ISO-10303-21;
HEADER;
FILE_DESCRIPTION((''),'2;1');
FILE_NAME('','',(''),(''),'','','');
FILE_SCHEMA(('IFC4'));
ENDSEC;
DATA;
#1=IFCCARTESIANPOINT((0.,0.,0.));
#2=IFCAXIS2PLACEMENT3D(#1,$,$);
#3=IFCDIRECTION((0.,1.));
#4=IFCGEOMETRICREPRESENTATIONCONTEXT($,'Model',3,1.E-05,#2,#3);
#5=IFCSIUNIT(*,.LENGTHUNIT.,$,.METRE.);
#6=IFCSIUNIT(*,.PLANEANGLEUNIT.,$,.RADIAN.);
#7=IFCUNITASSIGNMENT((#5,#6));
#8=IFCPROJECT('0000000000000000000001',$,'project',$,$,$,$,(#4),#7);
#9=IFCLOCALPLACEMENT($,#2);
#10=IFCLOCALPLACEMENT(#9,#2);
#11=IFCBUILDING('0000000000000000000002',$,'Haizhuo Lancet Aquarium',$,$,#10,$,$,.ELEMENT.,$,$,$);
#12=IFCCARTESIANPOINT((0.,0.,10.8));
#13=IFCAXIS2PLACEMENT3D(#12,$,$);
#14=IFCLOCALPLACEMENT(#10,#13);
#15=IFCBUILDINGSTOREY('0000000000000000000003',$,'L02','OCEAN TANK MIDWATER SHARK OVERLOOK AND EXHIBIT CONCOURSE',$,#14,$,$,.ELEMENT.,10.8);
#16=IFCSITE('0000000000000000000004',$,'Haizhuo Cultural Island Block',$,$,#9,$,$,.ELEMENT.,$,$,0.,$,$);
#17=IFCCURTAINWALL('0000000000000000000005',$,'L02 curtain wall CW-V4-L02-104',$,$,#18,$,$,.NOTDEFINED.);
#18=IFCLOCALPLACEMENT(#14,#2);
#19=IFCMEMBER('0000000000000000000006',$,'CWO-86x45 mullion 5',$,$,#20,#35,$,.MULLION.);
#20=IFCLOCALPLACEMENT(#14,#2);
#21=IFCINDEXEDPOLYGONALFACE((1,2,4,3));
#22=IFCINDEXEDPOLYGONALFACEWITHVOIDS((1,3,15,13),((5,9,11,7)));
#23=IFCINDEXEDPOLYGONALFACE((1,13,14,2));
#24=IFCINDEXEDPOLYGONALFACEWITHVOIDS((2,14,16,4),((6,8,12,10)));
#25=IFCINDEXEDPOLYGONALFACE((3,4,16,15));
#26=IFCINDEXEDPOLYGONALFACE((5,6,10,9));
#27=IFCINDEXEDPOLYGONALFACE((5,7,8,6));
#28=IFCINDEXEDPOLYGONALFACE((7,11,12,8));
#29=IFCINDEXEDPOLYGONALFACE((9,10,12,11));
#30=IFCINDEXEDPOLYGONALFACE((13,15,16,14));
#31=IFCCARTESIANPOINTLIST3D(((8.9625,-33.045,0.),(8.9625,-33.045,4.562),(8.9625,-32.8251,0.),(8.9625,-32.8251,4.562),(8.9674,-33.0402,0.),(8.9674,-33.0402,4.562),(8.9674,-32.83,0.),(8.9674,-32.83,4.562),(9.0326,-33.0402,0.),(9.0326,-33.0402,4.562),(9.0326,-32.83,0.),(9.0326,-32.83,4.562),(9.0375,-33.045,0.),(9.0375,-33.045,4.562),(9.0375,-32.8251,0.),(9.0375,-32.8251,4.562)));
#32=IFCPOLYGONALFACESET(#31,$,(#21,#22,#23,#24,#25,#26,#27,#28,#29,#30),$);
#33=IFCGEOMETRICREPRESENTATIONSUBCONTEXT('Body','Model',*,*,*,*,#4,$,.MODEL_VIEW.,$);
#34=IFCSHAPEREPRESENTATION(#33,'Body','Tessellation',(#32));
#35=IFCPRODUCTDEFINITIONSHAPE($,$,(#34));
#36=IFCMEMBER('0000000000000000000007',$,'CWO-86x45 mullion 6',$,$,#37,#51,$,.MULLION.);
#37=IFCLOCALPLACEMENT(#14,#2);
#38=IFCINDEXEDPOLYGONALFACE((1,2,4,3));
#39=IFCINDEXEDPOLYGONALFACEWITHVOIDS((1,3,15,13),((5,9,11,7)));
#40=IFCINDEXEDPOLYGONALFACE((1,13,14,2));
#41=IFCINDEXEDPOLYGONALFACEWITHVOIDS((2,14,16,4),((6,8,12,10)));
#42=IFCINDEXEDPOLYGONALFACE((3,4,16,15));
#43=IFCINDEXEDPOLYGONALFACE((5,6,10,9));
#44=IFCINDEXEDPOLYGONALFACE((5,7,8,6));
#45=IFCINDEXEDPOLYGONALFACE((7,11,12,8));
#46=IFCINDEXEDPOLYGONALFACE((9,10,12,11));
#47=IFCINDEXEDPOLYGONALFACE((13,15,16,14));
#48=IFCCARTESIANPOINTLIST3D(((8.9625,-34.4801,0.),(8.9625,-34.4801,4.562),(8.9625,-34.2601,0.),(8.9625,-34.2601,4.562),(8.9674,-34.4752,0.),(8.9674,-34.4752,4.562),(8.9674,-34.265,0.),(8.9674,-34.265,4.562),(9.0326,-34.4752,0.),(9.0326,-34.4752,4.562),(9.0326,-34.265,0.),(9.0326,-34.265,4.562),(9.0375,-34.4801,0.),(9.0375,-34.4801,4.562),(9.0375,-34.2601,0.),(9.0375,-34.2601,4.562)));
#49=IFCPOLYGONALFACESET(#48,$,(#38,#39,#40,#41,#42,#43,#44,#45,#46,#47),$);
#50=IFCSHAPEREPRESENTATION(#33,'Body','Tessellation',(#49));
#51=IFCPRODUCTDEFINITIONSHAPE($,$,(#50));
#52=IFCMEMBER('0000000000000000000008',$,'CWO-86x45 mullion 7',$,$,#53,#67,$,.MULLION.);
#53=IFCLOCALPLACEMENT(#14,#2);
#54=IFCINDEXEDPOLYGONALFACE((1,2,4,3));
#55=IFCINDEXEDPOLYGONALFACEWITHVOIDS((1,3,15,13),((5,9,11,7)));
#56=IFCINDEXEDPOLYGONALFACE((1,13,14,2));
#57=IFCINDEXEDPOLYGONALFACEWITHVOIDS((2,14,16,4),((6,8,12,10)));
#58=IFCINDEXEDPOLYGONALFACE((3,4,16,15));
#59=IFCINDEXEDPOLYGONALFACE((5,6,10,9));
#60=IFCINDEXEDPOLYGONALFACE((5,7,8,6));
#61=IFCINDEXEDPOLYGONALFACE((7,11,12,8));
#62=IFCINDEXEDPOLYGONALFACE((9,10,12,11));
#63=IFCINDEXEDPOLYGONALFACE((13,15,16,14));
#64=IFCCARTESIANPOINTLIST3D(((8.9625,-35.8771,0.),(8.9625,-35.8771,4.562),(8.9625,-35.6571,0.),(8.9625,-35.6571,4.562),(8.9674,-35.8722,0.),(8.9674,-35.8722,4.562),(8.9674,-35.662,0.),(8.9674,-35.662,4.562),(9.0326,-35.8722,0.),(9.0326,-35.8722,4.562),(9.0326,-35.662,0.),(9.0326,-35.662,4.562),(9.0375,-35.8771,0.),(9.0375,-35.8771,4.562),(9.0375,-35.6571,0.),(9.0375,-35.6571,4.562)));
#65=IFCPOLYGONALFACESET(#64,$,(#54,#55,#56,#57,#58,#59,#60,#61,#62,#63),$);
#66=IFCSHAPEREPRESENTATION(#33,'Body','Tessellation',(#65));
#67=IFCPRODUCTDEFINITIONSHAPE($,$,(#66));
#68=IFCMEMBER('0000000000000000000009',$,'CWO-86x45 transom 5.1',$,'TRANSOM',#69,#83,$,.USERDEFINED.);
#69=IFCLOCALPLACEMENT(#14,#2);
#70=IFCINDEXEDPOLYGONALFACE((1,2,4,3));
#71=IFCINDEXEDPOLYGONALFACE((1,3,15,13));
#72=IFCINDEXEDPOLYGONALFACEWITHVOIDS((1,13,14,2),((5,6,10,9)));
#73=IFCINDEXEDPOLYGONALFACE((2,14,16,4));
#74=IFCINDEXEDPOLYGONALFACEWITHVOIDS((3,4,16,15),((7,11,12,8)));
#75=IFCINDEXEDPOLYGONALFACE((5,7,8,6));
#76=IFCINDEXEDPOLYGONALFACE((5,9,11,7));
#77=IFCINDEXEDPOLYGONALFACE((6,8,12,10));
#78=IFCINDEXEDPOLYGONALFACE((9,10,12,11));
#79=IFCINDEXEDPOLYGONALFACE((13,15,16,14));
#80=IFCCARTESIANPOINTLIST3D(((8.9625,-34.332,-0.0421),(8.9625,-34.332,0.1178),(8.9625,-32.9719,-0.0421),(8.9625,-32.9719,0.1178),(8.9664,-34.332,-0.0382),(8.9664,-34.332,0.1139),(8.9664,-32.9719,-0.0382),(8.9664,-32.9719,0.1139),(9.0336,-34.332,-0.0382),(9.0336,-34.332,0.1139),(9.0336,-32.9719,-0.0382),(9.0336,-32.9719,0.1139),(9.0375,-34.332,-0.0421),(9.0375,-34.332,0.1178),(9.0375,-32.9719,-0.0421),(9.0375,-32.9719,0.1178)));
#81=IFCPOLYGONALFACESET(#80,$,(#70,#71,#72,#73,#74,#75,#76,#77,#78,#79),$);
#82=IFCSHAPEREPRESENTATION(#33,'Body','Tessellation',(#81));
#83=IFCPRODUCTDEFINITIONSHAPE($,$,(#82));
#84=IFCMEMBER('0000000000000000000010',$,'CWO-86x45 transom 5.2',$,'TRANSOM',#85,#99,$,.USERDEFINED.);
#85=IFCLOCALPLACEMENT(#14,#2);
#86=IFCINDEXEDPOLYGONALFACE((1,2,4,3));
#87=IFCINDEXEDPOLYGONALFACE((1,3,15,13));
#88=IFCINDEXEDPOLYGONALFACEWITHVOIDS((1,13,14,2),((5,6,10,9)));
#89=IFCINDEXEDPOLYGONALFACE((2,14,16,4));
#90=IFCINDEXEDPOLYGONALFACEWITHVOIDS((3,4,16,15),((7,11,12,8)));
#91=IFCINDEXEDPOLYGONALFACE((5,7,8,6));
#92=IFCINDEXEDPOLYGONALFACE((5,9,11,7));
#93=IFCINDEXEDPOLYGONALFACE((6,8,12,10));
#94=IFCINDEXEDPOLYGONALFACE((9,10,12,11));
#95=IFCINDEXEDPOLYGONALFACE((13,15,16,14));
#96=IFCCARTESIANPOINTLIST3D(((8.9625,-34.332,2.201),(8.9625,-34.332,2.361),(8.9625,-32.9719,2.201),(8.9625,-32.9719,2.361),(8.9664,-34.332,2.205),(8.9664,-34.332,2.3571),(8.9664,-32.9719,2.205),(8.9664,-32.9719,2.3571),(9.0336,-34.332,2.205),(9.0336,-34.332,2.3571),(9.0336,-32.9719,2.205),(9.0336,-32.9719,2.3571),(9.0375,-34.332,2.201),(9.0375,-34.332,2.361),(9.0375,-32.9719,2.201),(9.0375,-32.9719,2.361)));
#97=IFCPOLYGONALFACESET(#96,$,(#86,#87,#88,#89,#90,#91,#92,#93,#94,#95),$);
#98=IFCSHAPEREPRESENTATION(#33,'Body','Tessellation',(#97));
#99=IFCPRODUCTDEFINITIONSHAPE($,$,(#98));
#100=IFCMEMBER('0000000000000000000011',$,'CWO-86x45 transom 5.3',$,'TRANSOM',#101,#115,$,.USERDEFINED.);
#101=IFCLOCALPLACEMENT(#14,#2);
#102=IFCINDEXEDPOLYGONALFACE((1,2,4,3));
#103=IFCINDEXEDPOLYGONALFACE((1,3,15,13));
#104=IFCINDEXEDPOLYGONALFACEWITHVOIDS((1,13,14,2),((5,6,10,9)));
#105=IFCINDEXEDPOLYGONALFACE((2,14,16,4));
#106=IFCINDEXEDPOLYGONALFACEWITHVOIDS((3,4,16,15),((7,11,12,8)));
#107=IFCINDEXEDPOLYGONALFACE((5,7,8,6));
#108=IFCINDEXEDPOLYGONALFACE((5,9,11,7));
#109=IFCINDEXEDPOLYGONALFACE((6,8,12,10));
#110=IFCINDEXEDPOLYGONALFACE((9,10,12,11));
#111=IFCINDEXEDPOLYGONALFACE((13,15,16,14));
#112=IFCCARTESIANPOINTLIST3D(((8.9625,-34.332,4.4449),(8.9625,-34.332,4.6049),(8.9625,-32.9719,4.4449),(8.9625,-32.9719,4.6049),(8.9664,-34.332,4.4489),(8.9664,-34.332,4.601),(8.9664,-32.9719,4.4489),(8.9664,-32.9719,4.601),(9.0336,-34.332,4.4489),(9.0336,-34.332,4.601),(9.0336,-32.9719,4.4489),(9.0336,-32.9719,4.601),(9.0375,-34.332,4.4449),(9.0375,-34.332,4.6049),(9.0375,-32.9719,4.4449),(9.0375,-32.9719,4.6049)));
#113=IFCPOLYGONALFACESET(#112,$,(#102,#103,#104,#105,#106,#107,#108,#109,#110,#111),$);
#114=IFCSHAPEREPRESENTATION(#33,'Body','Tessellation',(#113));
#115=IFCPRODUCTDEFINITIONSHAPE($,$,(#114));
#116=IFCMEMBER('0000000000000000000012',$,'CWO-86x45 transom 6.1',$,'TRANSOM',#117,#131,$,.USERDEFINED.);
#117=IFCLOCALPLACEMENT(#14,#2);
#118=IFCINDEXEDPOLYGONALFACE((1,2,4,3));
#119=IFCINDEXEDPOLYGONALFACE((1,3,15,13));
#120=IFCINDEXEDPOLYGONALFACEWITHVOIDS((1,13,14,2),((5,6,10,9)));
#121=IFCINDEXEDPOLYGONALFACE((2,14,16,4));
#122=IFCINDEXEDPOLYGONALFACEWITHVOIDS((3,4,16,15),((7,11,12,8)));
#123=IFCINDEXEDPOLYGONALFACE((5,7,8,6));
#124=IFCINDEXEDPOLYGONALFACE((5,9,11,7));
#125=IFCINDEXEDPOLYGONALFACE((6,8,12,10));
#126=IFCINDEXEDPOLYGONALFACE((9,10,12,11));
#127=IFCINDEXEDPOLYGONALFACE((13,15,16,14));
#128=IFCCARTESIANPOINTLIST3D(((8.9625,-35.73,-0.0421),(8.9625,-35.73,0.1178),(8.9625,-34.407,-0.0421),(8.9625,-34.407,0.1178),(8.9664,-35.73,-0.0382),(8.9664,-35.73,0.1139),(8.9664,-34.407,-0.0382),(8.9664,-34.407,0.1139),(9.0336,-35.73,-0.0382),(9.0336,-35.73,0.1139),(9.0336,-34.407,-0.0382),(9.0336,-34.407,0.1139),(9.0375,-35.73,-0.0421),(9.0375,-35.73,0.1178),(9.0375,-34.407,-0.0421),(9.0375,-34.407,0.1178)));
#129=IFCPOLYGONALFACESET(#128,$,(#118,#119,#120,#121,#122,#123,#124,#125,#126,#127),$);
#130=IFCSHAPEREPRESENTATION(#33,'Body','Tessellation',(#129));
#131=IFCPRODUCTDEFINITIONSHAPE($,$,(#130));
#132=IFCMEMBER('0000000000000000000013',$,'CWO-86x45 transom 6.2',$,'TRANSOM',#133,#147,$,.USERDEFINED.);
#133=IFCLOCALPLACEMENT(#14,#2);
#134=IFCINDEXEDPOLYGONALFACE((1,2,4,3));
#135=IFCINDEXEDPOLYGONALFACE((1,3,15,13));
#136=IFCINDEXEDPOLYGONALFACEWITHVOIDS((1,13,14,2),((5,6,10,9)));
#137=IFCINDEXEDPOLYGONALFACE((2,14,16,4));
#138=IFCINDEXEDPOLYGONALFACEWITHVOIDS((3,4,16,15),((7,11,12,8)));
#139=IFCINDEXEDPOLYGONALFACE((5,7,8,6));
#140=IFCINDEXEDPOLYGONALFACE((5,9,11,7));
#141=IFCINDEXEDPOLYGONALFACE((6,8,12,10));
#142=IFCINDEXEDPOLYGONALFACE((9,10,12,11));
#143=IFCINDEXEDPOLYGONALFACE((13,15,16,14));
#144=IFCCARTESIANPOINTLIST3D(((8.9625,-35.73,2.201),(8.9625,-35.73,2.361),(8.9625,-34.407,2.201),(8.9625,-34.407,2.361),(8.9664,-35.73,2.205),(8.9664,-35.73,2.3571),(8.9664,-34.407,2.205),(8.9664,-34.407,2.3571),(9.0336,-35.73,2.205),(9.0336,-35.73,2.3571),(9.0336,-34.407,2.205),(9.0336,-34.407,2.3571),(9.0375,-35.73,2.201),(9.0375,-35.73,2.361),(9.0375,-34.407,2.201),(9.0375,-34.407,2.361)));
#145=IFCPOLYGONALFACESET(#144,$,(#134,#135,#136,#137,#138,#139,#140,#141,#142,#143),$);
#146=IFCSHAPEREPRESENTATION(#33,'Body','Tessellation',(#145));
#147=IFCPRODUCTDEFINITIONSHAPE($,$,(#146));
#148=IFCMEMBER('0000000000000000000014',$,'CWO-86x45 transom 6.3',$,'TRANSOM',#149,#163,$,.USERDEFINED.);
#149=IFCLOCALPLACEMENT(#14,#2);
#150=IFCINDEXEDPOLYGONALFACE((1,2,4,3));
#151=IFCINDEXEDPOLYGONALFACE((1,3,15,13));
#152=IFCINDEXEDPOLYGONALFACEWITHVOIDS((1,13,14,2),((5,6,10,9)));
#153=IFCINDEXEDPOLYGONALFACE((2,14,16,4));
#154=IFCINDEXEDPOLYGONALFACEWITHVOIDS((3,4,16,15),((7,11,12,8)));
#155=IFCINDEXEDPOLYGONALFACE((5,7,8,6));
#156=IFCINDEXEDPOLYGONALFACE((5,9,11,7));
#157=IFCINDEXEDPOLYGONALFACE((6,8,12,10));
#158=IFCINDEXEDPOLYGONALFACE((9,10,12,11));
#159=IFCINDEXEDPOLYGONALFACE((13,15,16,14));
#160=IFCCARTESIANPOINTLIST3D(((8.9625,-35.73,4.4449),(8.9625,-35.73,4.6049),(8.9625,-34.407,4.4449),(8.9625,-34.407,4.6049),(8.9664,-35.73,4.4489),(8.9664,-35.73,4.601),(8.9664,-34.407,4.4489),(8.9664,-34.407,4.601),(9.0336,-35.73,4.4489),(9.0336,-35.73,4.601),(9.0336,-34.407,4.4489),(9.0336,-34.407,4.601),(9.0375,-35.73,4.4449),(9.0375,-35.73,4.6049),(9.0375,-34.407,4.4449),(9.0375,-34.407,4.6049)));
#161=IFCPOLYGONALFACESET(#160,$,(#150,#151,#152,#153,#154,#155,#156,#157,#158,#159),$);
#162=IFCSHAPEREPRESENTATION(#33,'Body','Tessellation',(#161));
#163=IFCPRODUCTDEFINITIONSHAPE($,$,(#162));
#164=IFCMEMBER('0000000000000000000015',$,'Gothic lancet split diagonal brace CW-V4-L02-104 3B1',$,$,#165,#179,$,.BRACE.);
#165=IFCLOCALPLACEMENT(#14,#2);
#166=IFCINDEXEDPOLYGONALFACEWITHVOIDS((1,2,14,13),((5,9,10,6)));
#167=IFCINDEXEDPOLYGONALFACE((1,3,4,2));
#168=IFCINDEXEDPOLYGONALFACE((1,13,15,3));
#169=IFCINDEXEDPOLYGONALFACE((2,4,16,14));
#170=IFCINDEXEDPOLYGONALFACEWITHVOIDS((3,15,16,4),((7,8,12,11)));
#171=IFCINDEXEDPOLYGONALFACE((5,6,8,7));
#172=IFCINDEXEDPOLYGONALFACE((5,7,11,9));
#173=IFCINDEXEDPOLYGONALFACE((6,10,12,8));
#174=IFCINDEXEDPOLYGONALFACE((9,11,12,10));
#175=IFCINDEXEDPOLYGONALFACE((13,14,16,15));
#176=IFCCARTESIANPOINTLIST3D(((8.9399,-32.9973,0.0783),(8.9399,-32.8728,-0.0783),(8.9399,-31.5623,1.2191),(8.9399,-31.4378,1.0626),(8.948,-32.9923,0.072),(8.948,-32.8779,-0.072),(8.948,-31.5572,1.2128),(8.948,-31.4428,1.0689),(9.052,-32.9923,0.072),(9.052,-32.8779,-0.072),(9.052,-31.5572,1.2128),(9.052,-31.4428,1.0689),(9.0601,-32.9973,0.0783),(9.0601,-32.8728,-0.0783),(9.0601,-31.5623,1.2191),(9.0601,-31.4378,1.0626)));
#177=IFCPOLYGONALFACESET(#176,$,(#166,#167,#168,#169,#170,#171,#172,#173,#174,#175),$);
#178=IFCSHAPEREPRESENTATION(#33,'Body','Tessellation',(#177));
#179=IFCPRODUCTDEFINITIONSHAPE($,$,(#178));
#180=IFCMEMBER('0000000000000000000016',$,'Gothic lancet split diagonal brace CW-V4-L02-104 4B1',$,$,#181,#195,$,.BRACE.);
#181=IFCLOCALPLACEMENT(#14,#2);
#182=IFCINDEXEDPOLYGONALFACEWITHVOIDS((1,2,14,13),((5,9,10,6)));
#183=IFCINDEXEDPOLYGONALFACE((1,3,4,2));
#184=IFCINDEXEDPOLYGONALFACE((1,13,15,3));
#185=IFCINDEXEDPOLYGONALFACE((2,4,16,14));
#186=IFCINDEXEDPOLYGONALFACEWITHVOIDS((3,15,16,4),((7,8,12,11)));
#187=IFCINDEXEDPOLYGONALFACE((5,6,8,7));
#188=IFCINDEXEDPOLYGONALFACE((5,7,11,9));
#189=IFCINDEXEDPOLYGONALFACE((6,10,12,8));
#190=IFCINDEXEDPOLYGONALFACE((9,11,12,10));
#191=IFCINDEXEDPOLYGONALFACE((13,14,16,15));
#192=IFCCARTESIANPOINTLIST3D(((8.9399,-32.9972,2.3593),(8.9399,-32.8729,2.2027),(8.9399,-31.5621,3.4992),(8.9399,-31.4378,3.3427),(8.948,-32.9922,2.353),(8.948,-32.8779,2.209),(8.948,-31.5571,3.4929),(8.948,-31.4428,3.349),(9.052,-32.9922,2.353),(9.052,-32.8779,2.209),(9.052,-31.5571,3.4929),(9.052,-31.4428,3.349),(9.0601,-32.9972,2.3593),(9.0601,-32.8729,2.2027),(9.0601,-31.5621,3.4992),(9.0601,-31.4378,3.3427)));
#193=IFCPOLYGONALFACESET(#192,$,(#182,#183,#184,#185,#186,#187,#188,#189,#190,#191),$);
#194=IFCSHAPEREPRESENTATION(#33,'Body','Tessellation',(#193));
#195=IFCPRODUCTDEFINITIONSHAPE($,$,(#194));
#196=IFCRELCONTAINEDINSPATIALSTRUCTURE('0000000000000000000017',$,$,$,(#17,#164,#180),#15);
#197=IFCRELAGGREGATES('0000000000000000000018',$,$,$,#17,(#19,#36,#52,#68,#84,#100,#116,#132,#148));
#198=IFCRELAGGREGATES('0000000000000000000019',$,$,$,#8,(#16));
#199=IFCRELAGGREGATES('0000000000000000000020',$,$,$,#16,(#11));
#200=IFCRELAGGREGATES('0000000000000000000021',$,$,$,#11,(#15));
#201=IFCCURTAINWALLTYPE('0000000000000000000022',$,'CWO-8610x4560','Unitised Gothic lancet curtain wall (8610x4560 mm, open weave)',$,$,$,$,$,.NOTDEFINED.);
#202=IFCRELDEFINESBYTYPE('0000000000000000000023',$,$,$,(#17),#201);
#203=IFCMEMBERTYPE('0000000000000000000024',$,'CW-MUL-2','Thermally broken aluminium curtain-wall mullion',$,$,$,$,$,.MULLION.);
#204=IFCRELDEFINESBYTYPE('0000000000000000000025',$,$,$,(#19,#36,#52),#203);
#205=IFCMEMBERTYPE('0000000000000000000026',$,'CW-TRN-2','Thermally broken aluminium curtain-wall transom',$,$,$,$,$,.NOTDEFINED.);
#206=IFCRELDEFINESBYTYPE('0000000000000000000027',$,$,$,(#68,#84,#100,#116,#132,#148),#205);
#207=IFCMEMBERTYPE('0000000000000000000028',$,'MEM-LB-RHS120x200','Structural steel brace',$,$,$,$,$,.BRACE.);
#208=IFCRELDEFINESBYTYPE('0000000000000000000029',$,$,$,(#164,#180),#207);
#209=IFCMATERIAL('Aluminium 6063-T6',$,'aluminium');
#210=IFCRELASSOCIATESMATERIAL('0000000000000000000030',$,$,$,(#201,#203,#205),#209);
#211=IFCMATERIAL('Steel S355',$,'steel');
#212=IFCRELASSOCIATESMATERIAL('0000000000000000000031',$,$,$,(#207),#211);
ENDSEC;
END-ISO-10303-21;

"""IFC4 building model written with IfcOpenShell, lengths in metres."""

from ifc_helpers import new_model, si_unit, direction, frame, origin, origin_2d, place, context, subcontext, project, spatial, hollow_rectangle, extrude, material, material_profile, profile_set, type_object, element, aggregate, save


model = new_model("IFC4")

# Units and contexts
model_context = context("Model", 3, precision=1e-05, world=origin(), true_north=direction((0.0, 1.0)))
body_context = subcontext(model_context, "Body", "Model", "MODEL_VIEW")
ifc_project = project(units=[si_unit("LENGTHUNIT", "METRE"), si_unit("PLANEANGLEUNIT", "RADIAN")], contexts=[model_context])

# Site, building, storey
site_placement = place(None, origin())
site = spatial("IfcSite", under=ifc_project, at=site_placement, Name="Haizhuo Cultural Island Block", CompositionType="ELEMENT", RefElevation=0.0)
building_placement = place(site_placement, origin())
building = spatial("IfcBuilding", under=site, at=building_placement, Name="Haizhuo Lancet Aquarium", CompositionType="ELEMENT")
storey_placement = place(building_placement, frame((0.0, 0.0, 10.8)))
storey = spatial("IfcBuildingStorey", under=building, at=storey_placement, Name="L02", Description="OCEAN TANK MIDWATER SHARK OVERLOOK AND EXHIBIT CONCOURSE", CompositionType="ELEMENT", Elevation=10.8)

# Curtain wall, members
ifc_material_1 = material(Name="Aluminium 6063-T6", Category="aluminium")
curtain_wall_type = type_object("IfcCurtainWallType", Name="CWO-8610x4560", Description="Unitised Gothic lancet curtain wall (8610x4560 mm, open weave)", PredefinedType="NOTDEFINED", material=ifc_material_1)
curtain_wall_placement = place(storey_placement, origin())
curtain_wall = element("IfcCurtainWall", 1, at=curtain_wall_placement, inside=storey, type_object=curtain_wall_type, Name="L02 curtain wall CW-V4-L02-104", PredefinedType="NOTDEFINED")
ifc_material_profile_1 = material_profile(ifc_material_1, hollow_rectangle(XDim=0.075, YDim=0.22, WallThickness=0.0049, at=origin_2d()), Name="ALU-M 75x220x5")
ifc_profile_set_1 = profile_set([ifc_material_profile_1], Name="Aluminium 6063-T6")
member_type_1 = type_object("IfcMemberType", Name="CW-MUL-2", Description="Thermally broken aluminium curtain-wall mullion", PredefinedType="MULLION", material=ifc_profile_set_1)
member_1_placement = place(storey_placement, frame((9.0, -32.9351, 0.0), z_axis=(0.0, 0.0, 1.0), x_axis=(1.0, 0.0, 0.0)))
member_1 = element("IfcMember", 2, at=member_1_placement, type_object=member_type_1, Name="CWO-86x45 mullion 5", PredefinedType="MULLION", context=body_context, shape_type="SweptSolid", body=[
    extrude(hollow_rectangle(XDim=0.075, YDim=0.22, WallThickness=0.0049, at=origin_2d()), origin(), (0.0, 0.0, 1.0), 4.562),
])
member_2_placement = place(storey_placement, frame((9.0, -34.3701, 0.0), z_axis=(0.0, 0.0, 1.0), x_axis=(1.0, 0.0, 0.0)))
member_2 = element("IfcMember", 3, at=member_2_placement, type_object=member_type_1, Name="CWO-86x45 mullion 6", PredefinedType="MULLION", context=body_context, shape_type="SweptSolid", body=[
    extrude(hollow_rectangle(XDim=0.075, YDim=0.22, WallThickness=0.0049, at=origin_2d()), origin(), (0.0, 0.0, 1.0), 4.562),
])
member_3_placement = place(storey_placement, frame((9.0, -35.7671, 0.0), z_axis=(0.0, 0.0, 1.0), x_axis=(1.0, 0.0, 0.0)))
member_3 = element("IfcMember", 4, at=member_3_placement, type_object=member_type_1, Name="CWO-86x45 mullion 7", PredefinedType="MULLION", context=body_context, shape_type="SweptSolid", body=[
    extrude(hollow_rectangle(XDim=0.075, YDim=0.22, WallThickness=0.0049, at=origin_2d()), origin(), (0.0, 0.0, 1.0), 4.562),
])
ifc_material_profile_2 = material_profile(ifc_material_1, hollow_rectangle(XDim=0.075, YDim=0.1599, WallThickness=0.0039, at=origin_2d()), Name="ALU-T 75x160x4")
ifc_profile_set_2 = profile_set([ifc_material_profile_2], Name="Aluminium 6063-T6")
member_type_2 = type_object("IfcMemberType", Name="CW-TRN-2", Description="Thermally broken aluminium curtain-wall transom", PredefinedType="NOTDEFINED", material=ifc_profile_set_2)
member_4_placement = place(storey_placement, frame((9.0, -32.9719, 0.0378), z_axis=(0.0, -1.0, 0.0), x_axis=(1.0, 0.0, 0.0)))
member_4 = element("IfcMember", 5, at=member_4_placement, type_object=member_type_2, Name="CWO-86x45 transom 5.1", ObjectType="TRANSOM", PredefinedType="USERDEFINED", context=body_context, shape_type="SweptSolid", body=[
    extrude(hollow_rectangle(XDim=0.075, YDim=0.1599, WallThickness=0.0039, at=origin_2d()), origin(), (0.0, 0.0, 1.0), 1.3601),
])
member_5_placement = place(storey_placement, frame((9.0, -32.9719, 2.281), z_axis=(0.0, -1.0, 0.0), x_axis=(1.0, 0.0, 0.0)))
member_5 = element("IfcMember", 6, at=member_5_placement, type_object=member_type_2, Name="CWO-86x45 transom 5.2", ObjectType="TRANSOM", PredefinedType="USERDEFINED", context=body_context, shape_type="SweptSolid", body=[
    extrude(hollow_rectangle(XDim=0.075, YDim=0.1599, WallThickness=0.0039, at=origin_2d()), origin(), (0.0, 0.0, 1.0), 1.3601),
])
member_6_placement = place(storey_placement, frame((9.0, -32.9719, 4.5249), z_axis=(0.0, -1.0, 0.0), x_axis=(1.0, 0.0, 0.0)))
member_6 = element("IfcMember", 7, at=member_6_placement, type_object=member_type_2, Name="CWO-86x45 transom 5.3", ObjectType="TRANSOM", PredefinedType="USERDEFINED", context=body_context, shape_type="SweptSolid", body=[
    extrude(hollow_rectangle(XDim=0.075, YDim=0.1599, WallThickness=0.0039, at=origin_2d()), origin(), (0.0, 0.0, 1.0), 1.3601),
])
member_7_placement = place(storey_placement, frame((9.0, -34.407, 0.0378), z_axis=(0.0, -1.0, 0.0), x_axis=(1.0, 0.0, 0.0)))
member_7 = element("IfcMember", 8, at=member_7_placement, type_object=member_type_2, Name="CWO-86x45 transom 6.1", ObjectType="TRANSOM", PredefinedType="USERDEFINED", context=body_context, shape_type="SweptSolid", body=[
    extrude(hollow_rectangle(XDim=0.075, YDim=0.1599, WallThickness=0.0039, at=origin_2d()), origin(), (0.0, 0.0, 1.0), 1.323),
])
member_8_placement = place(storey_placement, frame((9.0, -34.407, 2.281), z_axis=(0.0, -1.0, 0.0), x_axis=(1.0, 0.0, 0.0)))
member_8 = element("IfcMember", 9, at=member_8_placement, type_object=member_type_2, Name="CWO-86x45 transom 6.2", ObjectType="TRANSOM", PredefinedType="USERDEFINED", context=body_context, shape_type="SweptSolid", body=[
    extrude(hollow_rectangle(XDim=0.075, YDim=0.1599, WallThickness=0.0039, at=origin_2d()), origin(), (0.0, 0.0, 1.0), 1.323),
])
member_9_placement = place(storey_placement, frame((9.0, -34.407, 4.5249), z_axis=(0.0, -1.0, 0.0), x_axis=(1.0, 0.0, 0.0)))
member_9 = element("IfcMember", 10, at=member_9_placement, type_object=member_type_2, Name="CWO-86x45 transom 6.3", ObjectType="TRANSOM", PredefinedType="USERDEFINED", context=body_context, shape_type="SweptSolid", body=[
    extrude(hollow_rectangle(XDim=0.075, YDim=0.1599, WallThickness=0.0039, at=origin_2d()), origin(), (0.0, 0.0, 1.0), 1.323),
])

# Members
ifc_material_2 = material(Name="Steel S355", Category="steel")
ifc_material_profile_3 = material_profile(ifc_material_2, hollow_rectangle(XDim=0.1201, YDim=0.2, WallThickness=0.0081, at=origin_2d()), Name="RHS 120x200x8")
ifc_profile_set_3 = profile_set([ifc_material_profile_3], Name="Steel S355")
member_type_3 = type_object("IfcMemberType", Name="MEM-LB-RHS120x200", Description="Structural steel brace", PredefinedType="BRACE", material=ifc_profile_set_3)
member_10_placement = place(storey_placement, frame((9.0, -32.9351, 0.0), z_axis=(0.0, 0.782775, 0.622305), x_axis=(-1.0, 0.0, 0.0)))
element("IfcMember", 11, at=member_10_placement, inside=storey, type_object=member_type_3, Name="Gothic lancet split diagonal brace CW-V4-L02-104 3B1", PredefinedType="BRACE", context=body_context, shape_type="SweptSolid", body=[
    extrude(hollow_rectangle(XDim=0.1201, YDim=0.2, WallThickness=0.0081, at=origin_2d()), origin(), (0.0, 0.0, 1.0), 1.8333),
])
member_11_placement = place(storey_placement, frame((9.0, -32.9351, 2.281), z_axis=(0.0, 0.783035, 0.621978), x_axis=(-1.0, 0.0, 0.0)))
element("IfcMember", 12, at=member_11_placement, inside=storey, type_object=member_type_3, Name="Gothic lancet split diagonal brace CW-V4-L02-104 4B1", PredefinedType="BRACE", context=body_context, shape_type="SweptSolid", body=[
    extrude(hollow_rectangle(XDim=0.1201, YDim=0.2, WallThickness=0.0081, at=origin_2d()), origin(), (0.0, 0.0, 1.0), 1.8328),
])

aggregate(curtain_wall, [member_1, member_2, member_3, member_4, member_5, member_6, member_7, member_8, member_9])

save(model, "model.ifc")
